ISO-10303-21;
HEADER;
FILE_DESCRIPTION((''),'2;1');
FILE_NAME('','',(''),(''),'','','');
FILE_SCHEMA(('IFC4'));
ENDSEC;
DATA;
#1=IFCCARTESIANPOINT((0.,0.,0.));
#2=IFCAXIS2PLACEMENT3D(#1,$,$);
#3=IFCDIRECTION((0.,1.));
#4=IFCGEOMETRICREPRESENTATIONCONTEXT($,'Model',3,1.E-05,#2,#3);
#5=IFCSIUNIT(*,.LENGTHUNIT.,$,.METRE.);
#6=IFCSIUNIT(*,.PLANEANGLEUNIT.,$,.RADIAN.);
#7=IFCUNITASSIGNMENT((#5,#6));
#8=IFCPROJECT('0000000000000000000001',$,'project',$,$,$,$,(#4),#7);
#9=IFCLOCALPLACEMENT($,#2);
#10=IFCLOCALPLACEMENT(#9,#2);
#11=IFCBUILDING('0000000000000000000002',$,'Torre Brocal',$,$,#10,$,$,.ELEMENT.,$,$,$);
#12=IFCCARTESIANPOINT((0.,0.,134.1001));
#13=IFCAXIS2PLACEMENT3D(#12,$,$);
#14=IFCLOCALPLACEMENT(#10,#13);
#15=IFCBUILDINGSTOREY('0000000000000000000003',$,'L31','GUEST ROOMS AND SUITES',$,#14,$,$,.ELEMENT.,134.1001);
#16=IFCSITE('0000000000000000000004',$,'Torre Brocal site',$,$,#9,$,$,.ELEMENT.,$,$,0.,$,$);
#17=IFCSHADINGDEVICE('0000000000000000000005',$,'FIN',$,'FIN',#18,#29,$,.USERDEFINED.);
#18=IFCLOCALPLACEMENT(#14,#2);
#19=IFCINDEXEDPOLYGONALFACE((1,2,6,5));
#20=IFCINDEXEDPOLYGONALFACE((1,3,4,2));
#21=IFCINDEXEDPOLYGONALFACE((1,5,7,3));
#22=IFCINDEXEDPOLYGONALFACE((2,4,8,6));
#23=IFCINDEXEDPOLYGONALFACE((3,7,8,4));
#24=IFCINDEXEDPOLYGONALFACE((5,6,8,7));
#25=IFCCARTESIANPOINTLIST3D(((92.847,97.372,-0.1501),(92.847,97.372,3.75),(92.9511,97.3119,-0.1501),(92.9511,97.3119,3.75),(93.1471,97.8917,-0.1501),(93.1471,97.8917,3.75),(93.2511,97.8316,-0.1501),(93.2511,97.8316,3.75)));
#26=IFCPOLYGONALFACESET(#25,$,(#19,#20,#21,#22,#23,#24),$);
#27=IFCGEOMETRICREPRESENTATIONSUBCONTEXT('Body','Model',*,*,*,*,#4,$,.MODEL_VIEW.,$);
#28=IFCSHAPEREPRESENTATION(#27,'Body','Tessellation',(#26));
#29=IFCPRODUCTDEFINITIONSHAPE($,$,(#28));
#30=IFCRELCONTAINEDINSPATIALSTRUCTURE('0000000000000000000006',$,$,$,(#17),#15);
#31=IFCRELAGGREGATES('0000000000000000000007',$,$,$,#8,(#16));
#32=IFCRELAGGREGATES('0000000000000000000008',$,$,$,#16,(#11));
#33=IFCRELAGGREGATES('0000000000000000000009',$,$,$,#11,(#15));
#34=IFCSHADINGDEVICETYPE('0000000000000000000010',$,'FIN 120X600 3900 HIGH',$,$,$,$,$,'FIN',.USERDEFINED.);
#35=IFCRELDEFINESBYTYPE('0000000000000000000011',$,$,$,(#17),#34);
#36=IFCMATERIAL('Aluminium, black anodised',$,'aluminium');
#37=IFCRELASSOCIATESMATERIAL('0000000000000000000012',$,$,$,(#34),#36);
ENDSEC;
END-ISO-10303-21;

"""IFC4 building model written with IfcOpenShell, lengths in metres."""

from ifc_helpers import new_model, si_unit, direction, frame, origin, origin_2d, place, context, subcontext, project, spatial, rectangle, extrude, material, material_profile, profile_set, type_object, element, save


model = new_model("IFC4")

# Units and contexts
model_context = context("Model", 3, precision=1e-05, world=origin(), true_north=direction((0.0, 1.0)))
body_context = subcontext(model_context, "Body", "Model", "MODEL_VIEW")
ifc_project = project(units=[si_unit("LENGTHUNIT", "METRE"), si_unit("PLANEANGLEUNIT", "RADIAN")], contexts=[model_context])

# Site, building, storey
site_placement = place(None, origin())
site = spatial("IfcSite", under=ifc_project, at=site_placement, Name="Torre Brocal site", CompositionType="ELEMENT", RefElevation=0.0)
building_placement = place(site_placement, origin())
building = spatial("IfcBuilding", under=site, at=building_placement, Name="Torre Brocal", CompositionType="ELEMENT")
storey_placement = place(building_placement, frame((0.0, 0.0, 134.1001)))
storey = spatial("IfcBuildingStorey", under=building, at=storey_placement, Name="L31", Description="GUEST ROOMS AND SUITES", CompositionType="ELEMENT", Elevation=134.1001)

# Shading device
ifc_material_1 = material(Name="Aluminium, black anodised", Category="aluminium")
ifc_material_profile_1 = material_profile(ifc_material_1, rectangle(XDim=0.1201, YDim=0.6001, at=origin_2d()), Name="FIN 120X600 3900 HIGH")
ifc_profile_set_1 = profile_set([ifc_material_profile_1], Name="Aluminium, black anodised")
shading_device_type = type_object("IfcShadingDeviceType", Name="FIN 120X600 3900 HIGH", ElementType="FIN", PredefinedType="USERDEFINED", material=ifc_profile_set_1)
for number, where, z_axis, x_axis, name in (
    (1, (93.0491, 97.6018, -0.1501), (0.0, 0.0, 1.0), (-0.866025, 0.5, 0.0), "FIN"),
):
    element("IfcShadingDevice", number, at=place(storey_placement, frame(where, z_axis=z_axis, x_axis=x_axis)), inside=storey, type_object=shading_device_type, Name=name, ObjectType="FIN", PredefinedType="USERDEFINED", context=body_context, shape_type="SweptSolid", body=[
        extrude(rectangle(XDim=0.1201, YDim=0.6001, at=origin_2d()), origin(), (0.0, 0.0, 1.0), 3.9001),
    ])

save(model, "model.ifc")
